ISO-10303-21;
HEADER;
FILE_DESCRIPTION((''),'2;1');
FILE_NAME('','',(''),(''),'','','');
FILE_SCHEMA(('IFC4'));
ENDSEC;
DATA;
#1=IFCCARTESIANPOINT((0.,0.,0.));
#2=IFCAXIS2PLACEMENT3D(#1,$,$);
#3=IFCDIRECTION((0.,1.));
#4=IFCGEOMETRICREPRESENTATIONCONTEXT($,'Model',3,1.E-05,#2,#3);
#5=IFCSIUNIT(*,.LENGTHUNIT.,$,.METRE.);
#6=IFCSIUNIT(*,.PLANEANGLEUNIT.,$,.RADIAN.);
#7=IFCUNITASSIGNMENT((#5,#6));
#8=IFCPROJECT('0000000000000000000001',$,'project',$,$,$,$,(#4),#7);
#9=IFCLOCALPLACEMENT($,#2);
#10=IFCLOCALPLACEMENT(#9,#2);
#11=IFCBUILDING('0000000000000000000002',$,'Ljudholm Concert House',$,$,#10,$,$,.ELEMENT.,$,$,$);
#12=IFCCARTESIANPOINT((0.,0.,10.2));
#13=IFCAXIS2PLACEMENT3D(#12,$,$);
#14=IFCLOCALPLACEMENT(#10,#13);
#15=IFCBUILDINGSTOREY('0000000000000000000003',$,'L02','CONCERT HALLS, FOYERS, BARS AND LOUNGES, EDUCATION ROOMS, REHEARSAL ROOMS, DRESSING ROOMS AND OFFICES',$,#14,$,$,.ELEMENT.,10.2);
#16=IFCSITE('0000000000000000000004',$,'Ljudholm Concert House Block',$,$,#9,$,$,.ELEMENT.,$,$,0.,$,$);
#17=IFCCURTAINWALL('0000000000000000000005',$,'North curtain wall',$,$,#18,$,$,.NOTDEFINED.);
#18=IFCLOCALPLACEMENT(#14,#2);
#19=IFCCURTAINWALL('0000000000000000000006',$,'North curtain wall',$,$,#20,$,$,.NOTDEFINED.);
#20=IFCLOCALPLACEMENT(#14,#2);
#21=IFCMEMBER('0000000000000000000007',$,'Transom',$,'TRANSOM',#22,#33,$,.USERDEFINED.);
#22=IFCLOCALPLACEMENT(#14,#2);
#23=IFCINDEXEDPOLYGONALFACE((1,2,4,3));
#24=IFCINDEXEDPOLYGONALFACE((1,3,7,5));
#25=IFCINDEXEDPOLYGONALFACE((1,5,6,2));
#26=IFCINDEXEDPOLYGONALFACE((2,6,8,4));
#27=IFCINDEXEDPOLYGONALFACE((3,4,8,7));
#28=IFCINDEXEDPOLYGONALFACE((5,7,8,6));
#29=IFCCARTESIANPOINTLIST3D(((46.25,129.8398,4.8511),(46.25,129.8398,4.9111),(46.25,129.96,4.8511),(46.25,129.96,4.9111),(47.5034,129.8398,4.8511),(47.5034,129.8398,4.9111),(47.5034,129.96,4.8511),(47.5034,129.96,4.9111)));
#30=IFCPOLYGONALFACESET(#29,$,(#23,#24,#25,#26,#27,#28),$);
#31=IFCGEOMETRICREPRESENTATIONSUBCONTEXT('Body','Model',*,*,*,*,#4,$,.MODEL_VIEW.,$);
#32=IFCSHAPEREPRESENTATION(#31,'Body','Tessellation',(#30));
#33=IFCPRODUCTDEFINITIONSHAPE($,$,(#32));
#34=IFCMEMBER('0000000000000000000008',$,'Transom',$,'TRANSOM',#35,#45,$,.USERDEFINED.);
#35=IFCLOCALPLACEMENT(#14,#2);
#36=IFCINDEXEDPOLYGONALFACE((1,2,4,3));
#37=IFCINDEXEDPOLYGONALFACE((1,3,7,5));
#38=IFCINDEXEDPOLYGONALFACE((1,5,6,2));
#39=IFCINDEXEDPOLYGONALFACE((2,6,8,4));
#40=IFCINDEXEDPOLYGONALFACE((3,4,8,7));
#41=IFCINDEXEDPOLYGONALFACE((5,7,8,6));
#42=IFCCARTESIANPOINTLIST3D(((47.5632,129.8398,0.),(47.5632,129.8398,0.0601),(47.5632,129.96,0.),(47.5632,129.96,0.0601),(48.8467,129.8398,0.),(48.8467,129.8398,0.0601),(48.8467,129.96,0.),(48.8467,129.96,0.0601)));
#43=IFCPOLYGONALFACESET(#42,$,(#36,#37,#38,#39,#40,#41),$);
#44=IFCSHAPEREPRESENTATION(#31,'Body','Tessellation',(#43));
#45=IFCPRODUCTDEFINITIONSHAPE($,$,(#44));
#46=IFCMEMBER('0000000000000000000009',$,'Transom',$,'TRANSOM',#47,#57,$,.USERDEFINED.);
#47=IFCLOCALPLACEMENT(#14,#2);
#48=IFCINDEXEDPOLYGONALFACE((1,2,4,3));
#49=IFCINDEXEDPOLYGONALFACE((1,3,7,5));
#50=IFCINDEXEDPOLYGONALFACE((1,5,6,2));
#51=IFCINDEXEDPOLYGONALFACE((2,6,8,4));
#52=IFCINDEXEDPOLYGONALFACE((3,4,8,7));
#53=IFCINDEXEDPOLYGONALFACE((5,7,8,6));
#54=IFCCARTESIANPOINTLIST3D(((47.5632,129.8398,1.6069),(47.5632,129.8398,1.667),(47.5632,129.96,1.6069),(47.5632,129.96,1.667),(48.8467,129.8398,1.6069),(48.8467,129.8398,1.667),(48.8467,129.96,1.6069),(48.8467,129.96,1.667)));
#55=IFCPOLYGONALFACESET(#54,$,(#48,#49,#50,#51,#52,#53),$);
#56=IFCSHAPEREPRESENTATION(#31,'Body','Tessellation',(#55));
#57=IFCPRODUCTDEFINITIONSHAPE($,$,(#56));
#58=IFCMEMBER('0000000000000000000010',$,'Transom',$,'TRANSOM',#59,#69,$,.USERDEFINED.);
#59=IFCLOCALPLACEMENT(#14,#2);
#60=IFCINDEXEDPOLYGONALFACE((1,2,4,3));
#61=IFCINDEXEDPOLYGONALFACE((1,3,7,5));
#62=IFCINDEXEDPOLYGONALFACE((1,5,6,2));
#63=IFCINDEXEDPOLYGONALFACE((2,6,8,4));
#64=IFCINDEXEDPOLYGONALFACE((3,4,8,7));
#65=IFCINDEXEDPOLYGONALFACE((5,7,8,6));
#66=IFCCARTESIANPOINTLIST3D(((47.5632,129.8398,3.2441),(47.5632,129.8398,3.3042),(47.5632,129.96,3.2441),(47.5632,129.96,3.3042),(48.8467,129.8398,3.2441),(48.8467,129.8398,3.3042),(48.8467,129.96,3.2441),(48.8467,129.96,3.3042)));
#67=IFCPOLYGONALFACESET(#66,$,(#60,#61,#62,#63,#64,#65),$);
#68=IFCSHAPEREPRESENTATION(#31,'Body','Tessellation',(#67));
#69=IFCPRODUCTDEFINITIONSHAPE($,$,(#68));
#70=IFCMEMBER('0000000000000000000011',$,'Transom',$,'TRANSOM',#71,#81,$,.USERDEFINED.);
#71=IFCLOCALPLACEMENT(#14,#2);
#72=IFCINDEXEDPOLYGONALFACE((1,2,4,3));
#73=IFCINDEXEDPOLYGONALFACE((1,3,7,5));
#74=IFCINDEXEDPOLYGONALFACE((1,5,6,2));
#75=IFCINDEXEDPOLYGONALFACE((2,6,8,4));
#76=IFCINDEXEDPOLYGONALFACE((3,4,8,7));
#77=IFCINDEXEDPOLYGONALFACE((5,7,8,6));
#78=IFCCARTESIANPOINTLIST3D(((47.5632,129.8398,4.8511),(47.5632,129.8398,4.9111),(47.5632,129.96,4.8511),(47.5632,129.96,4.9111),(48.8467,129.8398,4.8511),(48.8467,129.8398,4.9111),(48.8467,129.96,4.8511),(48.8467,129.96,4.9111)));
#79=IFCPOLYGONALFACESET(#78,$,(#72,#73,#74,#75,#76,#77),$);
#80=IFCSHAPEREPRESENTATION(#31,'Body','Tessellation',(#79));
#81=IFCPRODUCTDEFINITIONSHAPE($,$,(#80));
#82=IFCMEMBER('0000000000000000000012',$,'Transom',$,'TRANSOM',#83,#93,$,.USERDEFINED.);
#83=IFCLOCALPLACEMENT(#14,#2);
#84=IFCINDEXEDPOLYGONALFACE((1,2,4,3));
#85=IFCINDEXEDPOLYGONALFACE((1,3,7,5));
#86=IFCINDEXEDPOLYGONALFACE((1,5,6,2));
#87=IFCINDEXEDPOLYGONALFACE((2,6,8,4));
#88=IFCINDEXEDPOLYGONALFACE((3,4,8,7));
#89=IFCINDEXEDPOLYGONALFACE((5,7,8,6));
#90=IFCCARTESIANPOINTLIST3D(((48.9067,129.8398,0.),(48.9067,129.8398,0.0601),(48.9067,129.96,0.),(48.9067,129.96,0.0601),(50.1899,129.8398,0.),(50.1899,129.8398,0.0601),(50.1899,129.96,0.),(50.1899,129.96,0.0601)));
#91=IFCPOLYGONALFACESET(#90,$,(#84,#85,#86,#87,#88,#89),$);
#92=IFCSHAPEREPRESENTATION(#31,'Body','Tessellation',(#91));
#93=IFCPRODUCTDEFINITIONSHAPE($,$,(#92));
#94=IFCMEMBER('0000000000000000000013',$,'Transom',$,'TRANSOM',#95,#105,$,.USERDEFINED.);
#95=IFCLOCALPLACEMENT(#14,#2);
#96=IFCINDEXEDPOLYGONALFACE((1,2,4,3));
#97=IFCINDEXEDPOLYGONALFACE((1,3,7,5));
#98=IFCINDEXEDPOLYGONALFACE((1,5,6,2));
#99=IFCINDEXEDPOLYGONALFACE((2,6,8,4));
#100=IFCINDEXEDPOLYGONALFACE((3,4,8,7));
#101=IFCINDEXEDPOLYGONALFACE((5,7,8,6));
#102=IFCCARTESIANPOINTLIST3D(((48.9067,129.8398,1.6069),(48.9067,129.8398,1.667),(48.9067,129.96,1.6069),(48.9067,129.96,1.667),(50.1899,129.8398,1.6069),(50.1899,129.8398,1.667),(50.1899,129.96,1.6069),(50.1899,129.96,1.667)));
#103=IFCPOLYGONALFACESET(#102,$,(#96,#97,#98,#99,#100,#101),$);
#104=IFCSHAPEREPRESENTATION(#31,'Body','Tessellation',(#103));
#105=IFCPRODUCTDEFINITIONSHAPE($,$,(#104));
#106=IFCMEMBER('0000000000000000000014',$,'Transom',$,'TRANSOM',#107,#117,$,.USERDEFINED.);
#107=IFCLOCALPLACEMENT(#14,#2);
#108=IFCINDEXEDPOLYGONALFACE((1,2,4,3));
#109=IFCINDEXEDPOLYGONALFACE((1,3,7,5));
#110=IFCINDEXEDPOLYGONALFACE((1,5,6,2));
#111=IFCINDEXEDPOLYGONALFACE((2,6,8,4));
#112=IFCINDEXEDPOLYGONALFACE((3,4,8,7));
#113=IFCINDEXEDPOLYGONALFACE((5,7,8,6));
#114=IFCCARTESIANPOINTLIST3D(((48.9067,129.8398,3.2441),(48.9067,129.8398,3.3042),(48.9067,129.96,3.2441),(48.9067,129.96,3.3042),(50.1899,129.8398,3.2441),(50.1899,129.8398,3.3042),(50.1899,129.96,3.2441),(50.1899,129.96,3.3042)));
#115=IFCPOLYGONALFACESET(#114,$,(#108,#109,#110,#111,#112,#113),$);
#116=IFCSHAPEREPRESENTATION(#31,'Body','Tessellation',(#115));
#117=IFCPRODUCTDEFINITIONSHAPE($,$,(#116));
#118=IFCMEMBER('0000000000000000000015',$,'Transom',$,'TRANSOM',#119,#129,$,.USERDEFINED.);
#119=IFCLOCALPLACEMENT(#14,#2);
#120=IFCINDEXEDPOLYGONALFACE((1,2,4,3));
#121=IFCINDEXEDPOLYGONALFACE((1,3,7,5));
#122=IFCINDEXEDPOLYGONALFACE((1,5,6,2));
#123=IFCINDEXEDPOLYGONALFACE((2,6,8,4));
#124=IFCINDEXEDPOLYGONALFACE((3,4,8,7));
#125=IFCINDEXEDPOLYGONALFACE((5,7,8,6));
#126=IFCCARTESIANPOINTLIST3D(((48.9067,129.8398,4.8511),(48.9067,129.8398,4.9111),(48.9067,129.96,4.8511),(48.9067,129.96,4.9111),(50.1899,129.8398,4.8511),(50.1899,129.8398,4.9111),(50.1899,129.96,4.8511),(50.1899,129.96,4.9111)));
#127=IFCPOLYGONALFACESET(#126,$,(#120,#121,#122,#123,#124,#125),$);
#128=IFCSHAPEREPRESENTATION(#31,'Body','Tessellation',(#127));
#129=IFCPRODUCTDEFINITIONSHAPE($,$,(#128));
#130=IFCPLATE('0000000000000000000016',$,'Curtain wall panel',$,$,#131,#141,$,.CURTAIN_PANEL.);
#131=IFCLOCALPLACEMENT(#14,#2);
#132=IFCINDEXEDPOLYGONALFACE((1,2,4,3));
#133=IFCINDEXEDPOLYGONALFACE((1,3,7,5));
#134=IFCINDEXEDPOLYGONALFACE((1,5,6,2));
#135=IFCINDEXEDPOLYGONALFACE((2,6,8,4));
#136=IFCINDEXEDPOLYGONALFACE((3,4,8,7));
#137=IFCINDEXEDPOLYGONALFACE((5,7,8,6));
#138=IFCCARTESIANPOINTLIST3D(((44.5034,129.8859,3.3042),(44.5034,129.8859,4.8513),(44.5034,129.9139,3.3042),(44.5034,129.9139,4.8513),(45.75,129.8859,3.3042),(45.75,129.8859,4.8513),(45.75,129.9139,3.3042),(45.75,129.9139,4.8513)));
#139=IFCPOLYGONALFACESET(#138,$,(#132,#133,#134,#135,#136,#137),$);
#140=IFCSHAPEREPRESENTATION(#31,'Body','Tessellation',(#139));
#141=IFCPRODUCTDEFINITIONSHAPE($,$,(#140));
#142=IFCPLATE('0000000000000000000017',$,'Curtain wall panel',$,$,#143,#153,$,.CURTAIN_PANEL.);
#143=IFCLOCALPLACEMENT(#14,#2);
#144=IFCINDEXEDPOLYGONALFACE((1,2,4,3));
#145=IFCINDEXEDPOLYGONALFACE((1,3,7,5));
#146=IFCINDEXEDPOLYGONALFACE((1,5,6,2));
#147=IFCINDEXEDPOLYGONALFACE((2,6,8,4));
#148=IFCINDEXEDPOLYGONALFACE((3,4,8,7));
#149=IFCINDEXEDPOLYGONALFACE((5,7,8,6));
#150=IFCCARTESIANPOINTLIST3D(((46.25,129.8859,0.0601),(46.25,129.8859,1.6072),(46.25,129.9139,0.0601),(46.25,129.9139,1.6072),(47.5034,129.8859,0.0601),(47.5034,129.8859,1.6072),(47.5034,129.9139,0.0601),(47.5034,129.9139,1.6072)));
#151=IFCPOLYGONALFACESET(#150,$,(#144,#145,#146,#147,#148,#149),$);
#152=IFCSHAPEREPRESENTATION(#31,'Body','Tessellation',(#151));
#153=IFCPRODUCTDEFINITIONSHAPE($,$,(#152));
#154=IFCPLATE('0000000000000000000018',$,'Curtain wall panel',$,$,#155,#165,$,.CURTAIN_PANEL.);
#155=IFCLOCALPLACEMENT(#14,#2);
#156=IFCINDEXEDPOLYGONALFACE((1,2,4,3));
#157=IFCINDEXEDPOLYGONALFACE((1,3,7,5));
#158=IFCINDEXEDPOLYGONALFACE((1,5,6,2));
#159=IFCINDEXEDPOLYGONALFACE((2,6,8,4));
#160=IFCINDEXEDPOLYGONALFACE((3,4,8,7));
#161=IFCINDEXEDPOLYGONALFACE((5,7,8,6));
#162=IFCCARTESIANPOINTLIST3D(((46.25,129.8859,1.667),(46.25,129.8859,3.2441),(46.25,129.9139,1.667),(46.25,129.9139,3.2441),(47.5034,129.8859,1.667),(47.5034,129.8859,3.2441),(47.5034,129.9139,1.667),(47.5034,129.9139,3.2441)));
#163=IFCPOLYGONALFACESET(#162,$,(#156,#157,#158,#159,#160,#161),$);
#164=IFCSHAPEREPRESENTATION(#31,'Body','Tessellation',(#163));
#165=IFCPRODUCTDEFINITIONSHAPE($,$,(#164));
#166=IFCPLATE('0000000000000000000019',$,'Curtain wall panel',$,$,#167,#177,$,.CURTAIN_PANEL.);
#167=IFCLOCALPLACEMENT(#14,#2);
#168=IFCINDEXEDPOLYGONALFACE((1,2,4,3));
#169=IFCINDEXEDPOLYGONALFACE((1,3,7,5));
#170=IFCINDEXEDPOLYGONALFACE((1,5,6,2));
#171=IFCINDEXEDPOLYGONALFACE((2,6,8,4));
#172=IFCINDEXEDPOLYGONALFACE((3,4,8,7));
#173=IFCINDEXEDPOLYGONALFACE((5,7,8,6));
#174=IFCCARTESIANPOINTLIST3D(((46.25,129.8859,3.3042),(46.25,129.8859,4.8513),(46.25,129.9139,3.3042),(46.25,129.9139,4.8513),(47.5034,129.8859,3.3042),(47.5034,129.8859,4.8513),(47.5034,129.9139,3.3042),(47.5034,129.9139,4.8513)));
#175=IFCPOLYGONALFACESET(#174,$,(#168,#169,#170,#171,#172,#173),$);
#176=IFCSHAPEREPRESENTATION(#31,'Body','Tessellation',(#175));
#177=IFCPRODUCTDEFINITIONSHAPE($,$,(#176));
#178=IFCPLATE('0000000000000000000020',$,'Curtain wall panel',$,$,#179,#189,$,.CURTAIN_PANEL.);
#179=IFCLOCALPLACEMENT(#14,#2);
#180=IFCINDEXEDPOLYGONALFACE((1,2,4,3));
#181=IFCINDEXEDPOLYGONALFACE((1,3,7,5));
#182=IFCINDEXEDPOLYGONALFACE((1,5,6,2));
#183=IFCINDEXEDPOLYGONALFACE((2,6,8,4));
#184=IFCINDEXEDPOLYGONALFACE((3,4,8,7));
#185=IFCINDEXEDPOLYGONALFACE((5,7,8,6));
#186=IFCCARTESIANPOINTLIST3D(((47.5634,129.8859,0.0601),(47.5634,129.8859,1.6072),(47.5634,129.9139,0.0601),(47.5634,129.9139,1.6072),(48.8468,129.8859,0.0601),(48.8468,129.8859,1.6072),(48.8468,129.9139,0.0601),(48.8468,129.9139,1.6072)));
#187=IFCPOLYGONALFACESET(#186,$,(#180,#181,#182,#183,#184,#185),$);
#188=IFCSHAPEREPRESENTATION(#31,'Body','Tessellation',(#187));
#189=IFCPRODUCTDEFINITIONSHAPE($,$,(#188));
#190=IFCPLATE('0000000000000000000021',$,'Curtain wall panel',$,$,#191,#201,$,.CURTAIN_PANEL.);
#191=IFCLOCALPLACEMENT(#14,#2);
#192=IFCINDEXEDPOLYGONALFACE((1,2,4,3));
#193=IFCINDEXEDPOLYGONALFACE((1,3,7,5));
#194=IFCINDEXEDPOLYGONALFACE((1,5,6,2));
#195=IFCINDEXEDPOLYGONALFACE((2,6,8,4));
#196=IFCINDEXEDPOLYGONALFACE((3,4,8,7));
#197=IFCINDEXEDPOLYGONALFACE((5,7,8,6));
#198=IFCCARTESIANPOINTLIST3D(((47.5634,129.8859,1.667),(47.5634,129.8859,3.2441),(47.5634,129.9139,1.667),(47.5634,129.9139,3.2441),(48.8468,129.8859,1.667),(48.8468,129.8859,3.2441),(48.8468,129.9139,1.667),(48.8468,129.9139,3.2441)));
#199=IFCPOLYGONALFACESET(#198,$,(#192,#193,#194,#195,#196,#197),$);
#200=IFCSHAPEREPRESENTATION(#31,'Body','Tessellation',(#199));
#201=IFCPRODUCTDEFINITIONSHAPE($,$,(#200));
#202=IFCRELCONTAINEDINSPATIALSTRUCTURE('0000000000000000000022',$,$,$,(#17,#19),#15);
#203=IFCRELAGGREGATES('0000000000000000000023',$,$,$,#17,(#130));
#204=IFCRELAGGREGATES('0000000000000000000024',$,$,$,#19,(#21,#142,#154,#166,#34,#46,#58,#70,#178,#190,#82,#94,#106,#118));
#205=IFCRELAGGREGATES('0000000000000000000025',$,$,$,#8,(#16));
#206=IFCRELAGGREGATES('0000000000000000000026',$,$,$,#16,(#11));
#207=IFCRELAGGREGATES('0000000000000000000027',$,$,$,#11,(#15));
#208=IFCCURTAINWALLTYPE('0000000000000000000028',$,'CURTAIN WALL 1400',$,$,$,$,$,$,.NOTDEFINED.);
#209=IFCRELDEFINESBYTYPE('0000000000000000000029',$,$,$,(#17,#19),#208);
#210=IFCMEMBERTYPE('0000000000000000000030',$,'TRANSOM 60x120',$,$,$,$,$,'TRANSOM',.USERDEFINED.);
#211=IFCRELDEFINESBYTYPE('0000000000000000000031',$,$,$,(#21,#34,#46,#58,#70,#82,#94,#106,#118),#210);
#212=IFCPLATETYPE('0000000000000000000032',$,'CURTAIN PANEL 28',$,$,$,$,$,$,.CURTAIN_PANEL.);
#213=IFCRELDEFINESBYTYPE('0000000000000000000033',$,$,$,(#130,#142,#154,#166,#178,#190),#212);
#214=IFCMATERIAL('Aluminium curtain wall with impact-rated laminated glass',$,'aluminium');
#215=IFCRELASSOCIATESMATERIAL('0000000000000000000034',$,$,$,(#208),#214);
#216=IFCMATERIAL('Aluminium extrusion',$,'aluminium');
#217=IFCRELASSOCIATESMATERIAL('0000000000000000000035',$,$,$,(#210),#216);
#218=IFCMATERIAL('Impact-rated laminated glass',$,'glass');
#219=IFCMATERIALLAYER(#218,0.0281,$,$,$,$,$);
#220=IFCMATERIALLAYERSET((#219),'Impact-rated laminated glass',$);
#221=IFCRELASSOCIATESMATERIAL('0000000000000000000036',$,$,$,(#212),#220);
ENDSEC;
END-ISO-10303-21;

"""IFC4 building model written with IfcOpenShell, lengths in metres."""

from ifc_helpers import new_model, si_unit, direction, frame, origin, origin_2d, place, context, subcontext, project, spatial, rectangle, extrude, material, layer, layer_set, material_profile, profile_set, type_object, element, aggregate, save


model = new_model("IFC4")

# Units and contexts
model_context = context("Model", 3, precision=1e-05, world=origin(), true_north=direction((0.0, 1.0)))
body_context = subcontext(model_context, "Body", "Model", "MODEL_VIEW")
ifc_project = project(units=[si_unit("LENGTHUNIT", "METRE"), si_unit("PLANEANGLEUNIT", "RADIAN")], contexts=[model_context])

# Site, building, storey
site_placement = place(None, origin())
site = spatial("IfcSite", under=ifc_project, at=site_placement, Name="Ljudholm Concert House Block", CompositionType="ELEMENT", RefElevation=0.0)
building_placement = place(site_placement, origin())
building = spatial("IfcBuilding", under=site, at=building_placement, Name="Ljudholm Concert House", CompositionType="ELEMENT")
storey_placement = place(building_placement, frame((0.0, 0.0, 10.2)))
storey = spatial("IfcBuildingStorey", under=building, at=storey_placement, Name="L02", Description="CONCERT HALLS, FOYERS, BARS AND LOUNGES, EDUCATION ROOMS, REHEARSAL ROOMS, DRESSING ROOMS AND OFFICES", CompositionType="ELEMENT", Elevation=10.2)

# Curtain wall
ifc_material_1 = material(Name="Aluminium curtain wall with impact-rated laminated glass", Category="aluminium")
curtain_wall_type = type_object("IfcCurtainWallType", Name="CURTAIN WALL 1400", PredefinedType="NOTDEFINED", material=ifc_material_1)
curtain_wall_1_placement = place(storey_placement, origin())
curtain_wall_1 = element("IfcCurtainWall", 1, at=curtain_wall_1_placement, inside=storey, type_object=curtain_wall_type, Name="North curtain wall", PredefinedType="NOTDEFINED")

# Curtain wall
curtain_wall_2_placement = place(storey_placement, origin())
curtain_wall_2 = element("IfcCurtainWall", 2, at=curtain_wall_2_placement, inside=storey, type_object=curtain_wall_type, Name="North curtain wall", PredefinedType="NOTDEFINED")

# Members
ifc_material_2 = material(Name="Aluminium extrusion", Category="aluminium")
ifc_material_profile_1 = material_profile(ifc_material_2, rectangle(XDim=0.1201, YDim=0.0601, at=origin_2d()), Name="TRANSOM 60x120")
ifc_profile_set_1 = profile_set([ifc_material_profile_1], Name="Aluminium extrusion")
member_type_1 = type_object("IfcMemberType", Name="TRANSOM 60x120", ElementType="TRANSOM", PredefinedType="USERDEFINED", material=ifc_profile_set_1)
member_1_placement = place(storey_placement, frame((46.25, 129.8999, 4.8811), z_axis=(1.0, 0.0, 0.0), x_axis=(0.0, 1.0, 0.0)))
member_1 = element("IfcMember", 3, at=member_1_placement, type_object=member_type_1, Name="Transom", ObjectType="TRANSOM", PredefinedType="USERDEFINED", context=body_context, shape_type="SweptSolid", body=[
    extrude(rectangle(XDim=0.1201, YDim=0.0601, at=origin_2d()), origin(), (0.0, 0.0, 1.0), 1.2534),
])
member_2_placement = place(storey_placement, frame((47.5632, 129.8999, 0.03), z_axis=(1.0, 0.0, 0.0), x_axis=(0.0, 1.0, 0.0)))
member_2 = element("IfcMember", 4, at=member_2_placement, type_object=member_type_1, Name="Transom", ObjectType="TRANSOM", PredefinedType="USERDEFINED", context=body_context, shape_type="SweptSolid", body=[
    extrude(rectangle(XDim=0.1201, YDim=0.0601, at=origin_2d()), origin(), (0.0, 0.0, 1.0), 1.2834),
])
member_3_placement = place(storey_placement, frame((47.5632, 129.8999, 1.637), z_axis=(1.0, 0.0, 0.0), x_axis=(0.0, 1.0, 0.0)))
member_3 = element("IfcMember", 5, at=member_3_placement, type_object=member_type_1, Name="Transom", ObjectType="TRANSOM", PredefinedType="USERDEFINED", context=body_context, shape_type="SweptSolid", body=[
    extrude(rectangle(XDim=0.1201, YDim=0.0601, at=origin_2d()), origin(), (0.0, 0.0, 1.0), 1.2834),
])
member_4_placement = place(storey_placement, frame((47.5632, 129.8999, 3.2742), z_axis=(1.0, 0.0, 0.0), x_axis=(0.0, 1.0, 0.0)))
member_4 = element("IfcMember", 6, at=member_4_placement, type_object=member_type_1, Name="Transom", ObjectType="TRANSOM", PredefinedType="USERDEFINED", context=body_context, shape_type="SweptSolid", body=[
    extrude(rectangle(XDim=0.1201, YDim=0.0601, at=origin_2d()), origin(), (0.0, 0.0, 1.0), 1.2834),
])
member_5_placement = place(storey_placement, frame((47.5632, 129.8999, 4.8811), z_axis=(1.0, 0.0, 0.0), x_axis=(0.0, 1.0, 0.0)))
member_5 = element("IfcMember", 7, at=member_5_placement, type_object=member_type_1, Name="Transom", ObjectType="TRANSOM", PredefinedType="USERDEFINED", context=body_context, shape_type="SweptSolid", body=[
    extrude(rectangle(XDim=0.1201, YDim=0.0601, at=origin_2d()), origin(), (0.0, 0.0, 1.0), 1.2834),
])
member_6_placement = place(storey_placement, frame((48.9067, 129.8999, 0.03), z_axis=(1.0, 0.0, 0.0), x_axis=(0.0, 1.0, 0.0)))
member_6 = element("IfcMember", 8, at=member_6_placement, type_object=member_type_1, Name="Transom", ObjectType="TRANSOM", PredefinedType="USERDEFINED", context=body_context, shape_type="SweptSolid", body=[
    extrude(rectangle(XDim=0.1201, YDim=0.0601, at=origin_2d()), origin(), (0.0, 0.0, 1.0), 1.2832),
])
member_7_placement = place(storey_placement, frame((48.9067, 129.8999, 1.637), z_axis=(1.0, 0.0, 0.0), x_axis=(0.0, 1.0, 0.0)))
member_7 = element("IfcMember", 9, at=member_7_placement, type_object=member_type_1, Name="Transom", ObjectType="TRANSOM", PredefinedType="USERDEFINED", context=body_context, shape_type="SweptSolid", body=[
    extrude(rectangle(XDim=0.1201, YDim=0.0601, at=origin_2d()), origin(), (0.0, 0.0, 1.0), 1.2832),
])
member_8_placement = place(storey_placement, frame((48.9067, 129.8999, 3.2742), z_axis=(1.0, 0.0, 0.0), x_axis=(0.0, 1.0, 0.0)))
member_8 = element("IfcMember", 10, at=member_8_placement, type_object=member_type_1, Name="Transom", ObjectType="TRANSOM", PredefinedType="USERDEFINED", context=body_context, shape_type="SweptSolid", body=[
    extrude(rectangle(XDim=0.1201, YDim=0.0601, at=origin_2d()), origin(), (0.0, 0.0, 1.0), 1.2832),
])
member_9_placement = place(storey_placement, frame((48.9067, 129.8999, 4.8811), z_axis=(1.0, 0.0, 0.0), x_axis=(0.0, 1.0, 0.0)))
member_9 = element("IfcMember", 11, at=member_9_placement, type_object=member_type_1, Name="Transom", ObjectType="TRANSOM", PredefinedType="USERDEFINED", context=body_context, shape_type="SweptSolid", body=[
    extrude(rectangle(XDim=0.1201, YDim=0.0601, at=origin_2d()), origin(), (0.0, 0.0, 1.0), 1.2832),
])

# Plates
ifc_material_3 = material(Name="Impact-rated laminated glass", Category="glass")
ifc_layer = layer(ifc_material_3, 0.0281)
ifc_layer_set = layer_set([ifc_layer], Name="Impact-rated laminated glass")
plate_type = type_object("IfcPlateType", Name="CURTAIN PANEL 28", PredefinedType="CURTAIN_PANEL", material=ifc_layer_set)
plate_1_placement = place(storey_placement, frame((45.1267, 129.8999, 3.3042), z_axis=(0.0, 0.0, 1.0), x_axis=(1.0, 0.0, 0.0)))
plate_1 = element("IfcPlate", 12, at=plate_1_placement, type_object=plate_type, Name="Curtain wall panel", PredefinedType="CURTAIN_PANEL", context=body_context, shape_type="SweptSolid", body=[
    extrude(rectangle(XDim=1.2466, YDim=0.0281, at=origin_2d()), origin(), (0.0, 0.0, 1.0), 1.5471),
])
aggregate(curtain_wall_1, [plate_1])
plate_2_placement = place(storey_placement, frame((46.8767, 129.8999, 0.0601), z_axis=(0.0, 0.0, 1.0), x_axis=(1.0, 0.0, 0.0)))
plate_2 = element("IfcPlate", 13, at=plate_2_placement, type_object=plate_type, Name="Curtain wall panel", PredefinedType="CURTAIN_PANEL", context=body_context, shape_type="SweptSolid", body=[
    extrude(rectangle(XDim=1.2534, YDim=0.0281, at=origin_2d()), origin(), (0.0, 0.0, 1.0), 1.5471),
])
plate_3_placement = place(storey_placement, frame((46.8767, 129.8999, 1.667), z_axis=(0.0, 0.0, 1.0), x_axis=(1.0, 0.0, 0.0)))
plate_3 = element("IfcPlate", 14, at=plate_3_placement, type_object=plate_type, Name="Curtain wall panel", PredefinedType="CURTAIN_PANEL", context=body_context, shape_type="SweptSolid", body=[
    extrude(rectangle(XDim=1.2534, YDim=0.0281, at=origin_2d()), origin(), (0.0, 0.0, 1.0), 1.5771),
])
plate_4_placement = place(storey_placement, frame((46.8767, 129.8999, 3.3042), z_axis=(0.0, 0.0, 1.0), x_axis=(1.0, 0.0, 0.0)))
plate_4 = element("IfcPlate", 15, at=plate_4_placement, type_object=plate_type, Name="Curtain wall panel", PredefinedType="CURTAIN_PANEL", context=body_context, shape_type="SweptSolid", body=[
    extrude(rectangle(XDim=1.2534, YDim=0.0281, at=origin_2d()), origin(), (0.0, 0.0, 1.0), 1.5471),
])
plate_5_placement = place(storey_placement, frame((48.2051, 129.8999, 0.0601), z_axis=(0.0, 0.0, 1.0), x_axis=(1.0, 0.0, 0.0)))
plate_5 = element("IfcPlate", 16, at=plate_5_placement, type_object=plate_type, Name="Curtain wall panel", PredefinedType="CURTAIN_PANEL", context=body_context, shape_type="SweptSolid", body=[
    extrude(rectangle(XDim=1.2834, YDim=0.0281, at=origin_2d()), origin(), (0.0, 0.0, 1.0), 1.5471),
])
plate_6_placement = place(storey_placement, frame((48.2051, 129.8999, 1.667), z_axis=(0.0, 0.0, 1.0), x_axis=(1.0, 0.0, 0.0)))
plate_6 = element("IfcPlate", 17, at=plate_6_placement, type_object=plate_type, Name="Curtain wall panel", PredefinedType="CURTAIN_PANEL", context=body_context, shape_type="SweptSolid", body=[
    extrude(rectangle(XDim=1.2834, YDim=0.0281, at=origin_2d()), origin(), (0.0, 0.0, 1.0), 1.5771),
])
aggregate(curtain_wall_2, [member_1, plate_2, plate_3, plate_4, member_2, member_3, member_4, member_5, plate_5, plate_6, member_6, member_7, member_8, member_9])

save(model, "model.ifc")
